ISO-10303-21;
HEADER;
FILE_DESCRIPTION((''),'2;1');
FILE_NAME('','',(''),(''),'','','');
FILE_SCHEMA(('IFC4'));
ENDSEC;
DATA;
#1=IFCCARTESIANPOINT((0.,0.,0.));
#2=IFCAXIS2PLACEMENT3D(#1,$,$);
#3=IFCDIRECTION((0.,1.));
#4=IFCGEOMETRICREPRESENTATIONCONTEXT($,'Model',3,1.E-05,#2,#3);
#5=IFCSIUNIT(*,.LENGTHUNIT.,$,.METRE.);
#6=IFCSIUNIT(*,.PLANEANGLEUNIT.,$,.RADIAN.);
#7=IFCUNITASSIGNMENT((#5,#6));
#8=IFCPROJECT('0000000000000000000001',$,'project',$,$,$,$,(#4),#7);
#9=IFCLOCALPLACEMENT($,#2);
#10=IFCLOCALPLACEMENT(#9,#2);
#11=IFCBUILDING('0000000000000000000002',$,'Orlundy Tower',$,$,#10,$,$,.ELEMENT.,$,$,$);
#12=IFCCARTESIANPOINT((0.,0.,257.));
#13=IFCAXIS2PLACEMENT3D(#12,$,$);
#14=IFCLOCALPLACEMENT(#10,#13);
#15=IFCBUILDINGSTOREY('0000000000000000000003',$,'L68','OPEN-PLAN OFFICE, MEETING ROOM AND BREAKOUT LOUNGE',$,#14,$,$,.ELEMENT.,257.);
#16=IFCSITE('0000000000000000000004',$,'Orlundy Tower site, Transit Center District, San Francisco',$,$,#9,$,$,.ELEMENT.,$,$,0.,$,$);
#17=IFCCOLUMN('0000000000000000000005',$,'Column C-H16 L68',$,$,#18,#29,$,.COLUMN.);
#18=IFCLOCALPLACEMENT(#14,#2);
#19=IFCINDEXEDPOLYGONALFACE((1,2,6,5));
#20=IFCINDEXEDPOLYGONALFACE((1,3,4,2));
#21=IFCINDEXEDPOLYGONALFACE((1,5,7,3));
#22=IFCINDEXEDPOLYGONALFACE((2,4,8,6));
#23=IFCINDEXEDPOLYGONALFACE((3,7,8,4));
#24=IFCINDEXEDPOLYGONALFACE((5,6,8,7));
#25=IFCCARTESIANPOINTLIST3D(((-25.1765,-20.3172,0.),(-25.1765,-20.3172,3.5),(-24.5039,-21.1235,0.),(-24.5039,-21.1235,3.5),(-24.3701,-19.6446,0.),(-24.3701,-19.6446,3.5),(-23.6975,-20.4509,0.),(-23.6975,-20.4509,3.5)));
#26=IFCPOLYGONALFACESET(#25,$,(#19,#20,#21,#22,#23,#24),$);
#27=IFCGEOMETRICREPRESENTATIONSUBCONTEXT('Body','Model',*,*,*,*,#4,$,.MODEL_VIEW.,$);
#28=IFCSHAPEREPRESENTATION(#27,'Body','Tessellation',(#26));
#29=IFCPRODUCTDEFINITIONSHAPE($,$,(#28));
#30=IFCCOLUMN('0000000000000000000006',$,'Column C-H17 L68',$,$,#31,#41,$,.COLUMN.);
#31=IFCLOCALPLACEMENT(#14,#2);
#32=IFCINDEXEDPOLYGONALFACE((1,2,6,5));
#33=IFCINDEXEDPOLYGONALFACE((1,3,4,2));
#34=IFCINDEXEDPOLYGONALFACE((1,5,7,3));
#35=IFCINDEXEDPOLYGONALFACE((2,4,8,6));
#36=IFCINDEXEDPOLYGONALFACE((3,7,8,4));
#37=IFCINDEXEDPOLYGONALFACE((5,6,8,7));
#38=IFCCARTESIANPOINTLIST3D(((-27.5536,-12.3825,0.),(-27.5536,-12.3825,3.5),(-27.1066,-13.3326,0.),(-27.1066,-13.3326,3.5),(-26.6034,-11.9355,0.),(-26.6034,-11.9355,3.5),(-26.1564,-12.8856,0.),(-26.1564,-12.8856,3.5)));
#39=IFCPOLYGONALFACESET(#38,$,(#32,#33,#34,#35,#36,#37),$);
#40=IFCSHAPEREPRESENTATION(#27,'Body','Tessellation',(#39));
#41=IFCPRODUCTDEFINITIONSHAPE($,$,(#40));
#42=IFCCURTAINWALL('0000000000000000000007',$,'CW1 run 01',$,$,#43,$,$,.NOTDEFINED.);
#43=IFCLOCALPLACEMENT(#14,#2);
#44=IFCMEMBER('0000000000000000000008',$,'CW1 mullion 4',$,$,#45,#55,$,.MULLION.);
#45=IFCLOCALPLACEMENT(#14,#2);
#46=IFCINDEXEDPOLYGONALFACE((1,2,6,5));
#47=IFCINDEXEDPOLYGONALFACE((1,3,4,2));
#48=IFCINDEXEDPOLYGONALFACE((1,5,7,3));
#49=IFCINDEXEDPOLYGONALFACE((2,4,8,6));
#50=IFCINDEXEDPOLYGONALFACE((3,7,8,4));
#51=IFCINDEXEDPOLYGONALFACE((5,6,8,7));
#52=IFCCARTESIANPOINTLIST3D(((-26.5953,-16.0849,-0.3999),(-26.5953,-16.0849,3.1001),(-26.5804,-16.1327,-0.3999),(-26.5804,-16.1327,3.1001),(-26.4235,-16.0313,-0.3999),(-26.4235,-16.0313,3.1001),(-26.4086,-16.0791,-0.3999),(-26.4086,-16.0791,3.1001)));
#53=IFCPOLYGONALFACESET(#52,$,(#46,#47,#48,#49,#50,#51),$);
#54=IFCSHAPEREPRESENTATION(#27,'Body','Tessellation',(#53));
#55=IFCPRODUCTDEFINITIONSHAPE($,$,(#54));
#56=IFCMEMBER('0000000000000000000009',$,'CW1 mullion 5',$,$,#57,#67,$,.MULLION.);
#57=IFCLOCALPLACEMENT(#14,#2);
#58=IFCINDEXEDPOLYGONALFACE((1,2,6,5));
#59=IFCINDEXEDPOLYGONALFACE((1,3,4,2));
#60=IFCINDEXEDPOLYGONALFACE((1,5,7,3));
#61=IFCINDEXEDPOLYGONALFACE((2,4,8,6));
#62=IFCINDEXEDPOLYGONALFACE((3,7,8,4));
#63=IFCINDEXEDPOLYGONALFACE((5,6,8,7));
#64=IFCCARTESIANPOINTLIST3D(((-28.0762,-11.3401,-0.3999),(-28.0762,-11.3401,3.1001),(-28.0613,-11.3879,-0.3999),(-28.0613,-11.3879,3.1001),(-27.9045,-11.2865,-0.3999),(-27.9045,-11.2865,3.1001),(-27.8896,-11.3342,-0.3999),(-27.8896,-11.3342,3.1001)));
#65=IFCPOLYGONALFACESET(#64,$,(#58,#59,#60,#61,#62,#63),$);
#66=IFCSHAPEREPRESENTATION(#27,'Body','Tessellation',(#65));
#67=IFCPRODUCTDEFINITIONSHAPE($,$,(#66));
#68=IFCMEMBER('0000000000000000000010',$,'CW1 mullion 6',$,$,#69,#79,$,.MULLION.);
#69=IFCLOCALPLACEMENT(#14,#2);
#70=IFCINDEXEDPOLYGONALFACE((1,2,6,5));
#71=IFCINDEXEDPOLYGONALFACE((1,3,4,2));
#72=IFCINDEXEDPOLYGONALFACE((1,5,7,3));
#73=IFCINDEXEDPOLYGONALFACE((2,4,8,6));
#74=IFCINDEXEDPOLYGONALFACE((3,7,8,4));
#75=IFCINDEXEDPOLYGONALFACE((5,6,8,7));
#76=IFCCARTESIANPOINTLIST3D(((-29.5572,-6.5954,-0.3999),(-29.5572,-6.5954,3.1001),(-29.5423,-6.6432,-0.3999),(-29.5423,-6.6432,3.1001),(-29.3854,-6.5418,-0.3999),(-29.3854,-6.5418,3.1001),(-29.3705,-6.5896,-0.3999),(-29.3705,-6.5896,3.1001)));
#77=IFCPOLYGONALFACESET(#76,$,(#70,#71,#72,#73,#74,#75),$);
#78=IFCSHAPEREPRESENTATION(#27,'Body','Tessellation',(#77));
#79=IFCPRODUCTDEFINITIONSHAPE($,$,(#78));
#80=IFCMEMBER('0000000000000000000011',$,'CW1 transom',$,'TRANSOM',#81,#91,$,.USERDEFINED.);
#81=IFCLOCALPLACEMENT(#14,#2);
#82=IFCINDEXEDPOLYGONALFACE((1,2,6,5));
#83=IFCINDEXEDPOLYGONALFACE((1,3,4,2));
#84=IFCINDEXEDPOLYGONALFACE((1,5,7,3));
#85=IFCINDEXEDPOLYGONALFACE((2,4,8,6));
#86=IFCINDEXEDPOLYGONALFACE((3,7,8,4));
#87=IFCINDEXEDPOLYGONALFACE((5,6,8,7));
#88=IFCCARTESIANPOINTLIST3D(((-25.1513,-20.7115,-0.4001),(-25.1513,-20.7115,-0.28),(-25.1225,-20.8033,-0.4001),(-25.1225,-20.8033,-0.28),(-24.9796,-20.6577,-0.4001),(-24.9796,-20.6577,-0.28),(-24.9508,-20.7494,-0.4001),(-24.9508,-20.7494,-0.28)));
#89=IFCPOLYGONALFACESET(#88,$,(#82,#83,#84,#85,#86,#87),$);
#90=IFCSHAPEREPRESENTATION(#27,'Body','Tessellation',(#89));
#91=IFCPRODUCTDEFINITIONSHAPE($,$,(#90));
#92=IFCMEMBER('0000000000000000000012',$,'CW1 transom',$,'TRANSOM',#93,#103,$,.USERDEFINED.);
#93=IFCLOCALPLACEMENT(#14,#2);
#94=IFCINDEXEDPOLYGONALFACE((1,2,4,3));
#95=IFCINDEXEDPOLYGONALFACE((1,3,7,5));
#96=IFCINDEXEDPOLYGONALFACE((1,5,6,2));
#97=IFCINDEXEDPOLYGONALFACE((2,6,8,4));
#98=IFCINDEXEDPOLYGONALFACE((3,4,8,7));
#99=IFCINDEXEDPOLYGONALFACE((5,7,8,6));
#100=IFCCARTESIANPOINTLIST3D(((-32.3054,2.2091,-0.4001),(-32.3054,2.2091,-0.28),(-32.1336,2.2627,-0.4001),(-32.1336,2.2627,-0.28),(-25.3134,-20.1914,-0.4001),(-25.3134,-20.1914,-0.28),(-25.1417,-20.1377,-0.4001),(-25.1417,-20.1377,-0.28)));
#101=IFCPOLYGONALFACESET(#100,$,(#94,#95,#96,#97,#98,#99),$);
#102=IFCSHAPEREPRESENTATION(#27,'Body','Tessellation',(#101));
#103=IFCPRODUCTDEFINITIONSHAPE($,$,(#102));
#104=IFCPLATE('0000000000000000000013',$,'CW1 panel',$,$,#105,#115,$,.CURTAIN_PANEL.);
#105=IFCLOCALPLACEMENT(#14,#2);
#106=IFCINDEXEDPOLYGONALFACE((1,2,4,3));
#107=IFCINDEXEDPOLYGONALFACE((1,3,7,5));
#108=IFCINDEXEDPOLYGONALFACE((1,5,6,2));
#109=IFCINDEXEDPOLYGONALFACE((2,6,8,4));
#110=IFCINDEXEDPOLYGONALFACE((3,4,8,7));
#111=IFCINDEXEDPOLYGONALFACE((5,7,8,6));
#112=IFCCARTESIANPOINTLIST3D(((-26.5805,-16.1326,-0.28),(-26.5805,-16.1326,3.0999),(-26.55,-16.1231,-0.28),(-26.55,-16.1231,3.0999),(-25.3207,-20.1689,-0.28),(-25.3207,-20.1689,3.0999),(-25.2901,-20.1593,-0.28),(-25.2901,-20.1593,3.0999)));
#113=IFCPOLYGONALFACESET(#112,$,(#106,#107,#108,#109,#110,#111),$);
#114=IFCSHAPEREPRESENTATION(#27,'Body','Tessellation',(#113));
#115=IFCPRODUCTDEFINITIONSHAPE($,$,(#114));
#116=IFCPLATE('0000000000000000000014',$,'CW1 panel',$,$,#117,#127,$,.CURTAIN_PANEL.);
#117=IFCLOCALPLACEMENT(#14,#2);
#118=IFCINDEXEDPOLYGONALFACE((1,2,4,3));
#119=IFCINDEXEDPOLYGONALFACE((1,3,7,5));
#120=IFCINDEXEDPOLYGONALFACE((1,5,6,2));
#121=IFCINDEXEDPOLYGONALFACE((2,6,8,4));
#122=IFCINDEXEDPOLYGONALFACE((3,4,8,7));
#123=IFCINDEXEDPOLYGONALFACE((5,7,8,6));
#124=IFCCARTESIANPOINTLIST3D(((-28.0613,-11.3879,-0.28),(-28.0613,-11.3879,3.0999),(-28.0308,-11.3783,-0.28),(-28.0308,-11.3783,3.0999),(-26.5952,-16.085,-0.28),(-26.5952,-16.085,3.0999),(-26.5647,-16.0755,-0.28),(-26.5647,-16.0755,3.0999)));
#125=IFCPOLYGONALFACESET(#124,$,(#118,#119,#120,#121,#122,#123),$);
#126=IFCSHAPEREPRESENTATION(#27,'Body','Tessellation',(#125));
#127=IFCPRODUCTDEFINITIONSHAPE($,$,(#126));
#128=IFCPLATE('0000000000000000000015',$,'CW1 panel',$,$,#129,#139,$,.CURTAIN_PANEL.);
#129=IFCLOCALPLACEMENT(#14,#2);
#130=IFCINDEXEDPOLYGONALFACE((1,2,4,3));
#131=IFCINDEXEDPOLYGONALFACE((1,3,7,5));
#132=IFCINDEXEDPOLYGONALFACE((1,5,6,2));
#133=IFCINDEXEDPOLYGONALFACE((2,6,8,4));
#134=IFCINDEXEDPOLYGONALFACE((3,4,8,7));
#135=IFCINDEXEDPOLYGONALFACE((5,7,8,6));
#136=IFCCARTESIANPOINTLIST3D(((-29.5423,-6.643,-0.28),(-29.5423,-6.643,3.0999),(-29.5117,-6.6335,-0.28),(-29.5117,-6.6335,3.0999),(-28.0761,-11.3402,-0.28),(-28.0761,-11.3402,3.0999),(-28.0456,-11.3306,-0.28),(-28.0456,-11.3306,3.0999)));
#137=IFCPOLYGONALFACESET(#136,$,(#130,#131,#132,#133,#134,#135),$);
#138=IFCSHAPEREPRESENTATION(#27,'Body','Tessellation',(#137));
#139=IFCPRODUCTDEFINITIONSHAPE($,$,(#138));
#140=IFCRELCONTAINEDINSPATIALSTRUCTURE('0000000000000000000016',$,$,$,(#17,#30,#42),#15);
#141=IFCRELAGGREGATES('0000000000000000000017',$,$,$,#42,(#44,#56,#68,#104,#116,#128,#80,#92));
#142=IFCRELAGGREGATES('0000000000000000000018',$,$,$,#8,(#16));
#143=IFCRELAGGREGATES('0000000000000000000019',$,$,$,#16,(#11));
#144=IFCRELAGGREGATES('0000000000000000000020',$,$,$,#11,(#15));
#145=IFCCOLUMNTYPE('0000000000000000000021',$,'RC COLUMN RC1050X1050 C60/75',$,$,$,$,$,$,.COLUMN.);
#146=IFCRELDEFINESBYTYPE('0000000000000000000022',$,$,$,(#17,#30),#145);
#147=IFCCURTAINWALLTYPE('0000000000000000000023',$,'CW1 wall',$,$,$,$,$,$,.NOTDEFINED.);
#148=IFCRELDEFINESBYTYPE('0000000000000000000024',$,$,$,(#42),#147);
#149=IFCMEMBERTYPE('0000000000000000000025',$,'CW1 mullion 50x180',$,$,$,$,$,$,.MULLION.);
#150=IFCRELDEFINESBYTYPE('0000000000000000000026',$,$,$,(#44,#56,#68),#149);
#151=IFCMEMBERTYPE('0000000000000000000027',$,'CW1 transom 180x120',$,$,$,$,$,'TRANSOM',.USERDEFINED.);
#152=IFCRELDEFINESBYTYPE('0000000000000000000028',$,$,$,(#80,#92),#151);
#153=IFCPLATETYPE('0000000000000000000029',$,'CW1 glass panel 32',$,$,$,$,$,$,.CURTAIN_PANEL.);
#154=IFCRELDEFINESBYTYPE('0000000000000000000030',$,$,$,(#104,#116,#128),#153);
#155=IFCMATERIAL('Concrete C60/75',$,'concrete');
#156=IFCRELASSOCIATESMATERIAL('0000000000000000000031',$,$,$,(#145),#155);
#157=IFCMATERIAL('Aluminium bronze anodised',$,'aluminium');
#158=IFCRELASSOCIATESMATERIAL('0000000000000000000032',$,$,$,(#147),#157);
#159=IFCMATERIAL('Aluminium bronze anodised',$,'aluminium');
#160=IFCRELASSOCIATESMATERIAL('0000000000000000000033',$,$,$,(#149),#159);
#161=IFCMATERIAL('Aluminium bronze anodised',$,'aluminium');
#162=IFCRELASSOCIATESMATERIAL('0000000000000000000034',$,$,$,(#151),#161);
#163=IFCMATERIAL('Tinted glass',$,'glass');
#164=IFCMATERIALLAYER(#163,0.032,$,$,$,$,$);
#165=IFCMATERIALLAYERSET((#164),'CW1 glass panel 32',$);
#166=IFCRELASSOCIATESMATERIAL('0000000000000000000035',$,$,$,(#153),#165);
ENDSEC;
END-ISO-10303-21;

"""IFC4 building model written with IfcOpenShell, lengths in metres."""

from ifc_helpers import new_model, si_unit, direction, frame, origin, origin_2d, place, context, subcontext, project, spatial, rectangle, extrude, material, layer, layer_set, material_profile, profile_set, type_object, element, aggregate, save


model = new_model("IFC4")

# Units and contexts
model_context = context("Model", 3, precision=1e-05, world=origin(), true_north=direction((0.0, 1.0)))
body_context = subcontext(model_context, "Body", "Model", "MODEL_VIEW")
ifc_project = project(units=[si_unit("LENGTHUNIT", "METRE"), si_unit("PLANEANGLEUNIT", "RADIAN")], contexts=[model_context])

# Site, building, storey
site_placement = place(None, origin())
site = spatial("IfcSite", under=ifc_project, at=site_placement, Name="Orlundy Tower site, Transit Center District, San Francisco", CompositionType="ELEMENT", RefElevation=0.0)
building_placement = place(site_placement, origin())
building = spatial("IfcBuilding", under=site, at=building_placement, Name="Orlundy Tower", CompositionType="ELEMENT")
storey_placement = place(building_placement, frame((0.0, 0.0, 257.0)))
storey = spatial("IfcBuildingStorey", under=building, at=storey_placement, Name="L68", Description="OPEN-PLAN OFFICE, MEETING ROOM AND BREAKOUT LOUNGE", CompositionType="ELEMENT", Elevation=257.0)

# Columns
ifc_material_1 = material(Name="Concrete C60/75", Category="concrete")
ifc_material_profile_1 = material_profile(ifc_material_1, rectangle(XDim=1.05, YDim=1.05, at=origin_2d()), Name="RC1050X1050")
ifc_profile_set_1 = profile_set([ifc_material_profile_1], Name="Concrete C60/75")
column_type = type_object("IfcColumnType", Name="RC COLUMN RC1050X1050 C60/75", PredefinedType="COLUMN", material=ifc_profile_set_1)
for number, where, z_axis, x_axis, name in (
    (1, (-24.437, -20.384, 0.0), (0.0, 0.0, 1.0), (-0.767915, -0.640552, 0.0), "Column C-H16 L68"),
    (2, (-26.855, -12.634, 0.0), (0.0, 0.0, 1.0), (-0.904864, -0.4257, 0.0), "Column C-H17 L68"),
):
    element("IfcColumn", number, at=place(storey_placement, frame(where, z_axis=z_axis, x_axis=x_axis)), inside=storey, type_object=column_type, Name=name, PredefinedType="COLUMN", context=body_context, shape_type="SweptSolid", body=[
        extrude(rectangle(XDim=1.05, YDim=1.05, at=origin_2d()), origin(), (0.0, 0.0, 1.0), 3.5),
    ])

# Curtain wall, members, plates
ifc_material_2 = material(Name="Aluminium bronze anodised", Category="aluminium")
curtain_wall_type = type_object("IfcCurtainWallType", Name="CW1 wall", PredefinedType="NOTDEFINED", material=ifc_material_2)
curtain_wall_placement = place(storey_placement, origin())
curtain_wall = element("IfcCurtainWall", 3, at=curtain_wall_placement, inside=storey, type_object=curtain_wall_type, Name="CW1 run 01", PredefinedType="NOTDEFINED")
ifc_material_3 = material(Name="Aluminium bronze anodised", Category="aluminium")
ifc_material_profile_2 = material_profile(ifc_material_3, rectangle(XDim=0.1799, YDim=0.05, at=origin_2d()), Name="CW1 mullion 50x180")
ifc_profile_set_2 = profile_set([ifc_material_profile_2], Name="Aluminium bronze anodised")
member_type_1 = type_object("IfcMemberType", Name="CW1 mullion 50x180", PredefinedType="MULLION", material=ifc_profile_set_2)
member_1_placement = place(storey_placement, frame((-26.502, -16.082, -0.3999), z_axis=(0.0, 0.0, 1.0), x_axis=(-0.95458, -0.297954, 0.0)))
member_1 = element("IfcMember", 4, at=member_1_placement, type_object=member_type_1, Name="CW1 mullion 4", PredefinedType="MULLION", context=body_context, shape_type="SweptSolid", body=[
    extrude(rectangle(XDim=0.1799, YDim=0.05, at=origin_2d()), origin(), (0.0, 0.0, 1.0), 3.5),
])
member_2_placement = place(storey_placement, frame((-27.9829, -11.3372, -0.3999), z_axis=(0.0, 0.0, 1.0), x_axis=(-0.95458, -0.297954, 0.0)))
member_2 = element("IfcMember", 5, at=member_2_placement, type_object=member_type_1, Name="CW1 mullion 5", PredefinedType="MULLION", context=body_context, shape_type="SweptSolid", body=[
    extrude(rectangle(XDim=0.1799, YDim=0.05, at=origin_2d()), origin(), (0.0, 0.0, 1.0), 3.5),
])
member_3_placement = place(storey_placement, frame((-29.4639, -6.5925, -0.3999), z_axis=(0.0, 0.0, 1.0), x_axis=(-0.95458, -0.297954, 0.0)))
member_3 = element("IfcMember", 6, at=member_3_placement, type_object=member_type_1, Name="CW1 mullion 6", PredefinedType="MULLION", context=body_context, shape_type="SweptSolid", body=[
    extrude(rectangle(XDim=0.1799, YDim=0.05, at=origin_2d()), origin(), (0.0, 0.0, 1.0), 3.5),
])
ifc_material_4 = material(Name="Aluminium bronze anodised", Category="aluminium")
ifc_material_profile_3 = material_profile(ifc_material_4, rectangle(XDim=0.1799, YDim=0.1201, at=origin_2d()), Name="CW1 transom 180x120")
ifc_profile_set_3 = profile_set([ifc_material_profile_3], Name="Aluminium bronze anodised")
member_type_2 = type_object("IfcMemberType", Name="CW1 transom 180x120", ElementType="TRANSOM", PredefinedType="USERDEFINED", material=ifc_profile_set_3)
member_4_placement = place(storey_placement, frame((-25.0366, -20.7764, -0.3401), z_axis=(-0.299431, 0.954118, 0.0), x_axis=(-0.954118, -0.299431, 0.0)))
member_4 = element("IfcMember", 7, at=member_4_placement, type_object=member_type_2, Name="CW1 transom", ObjectType="TRANSOM", PredefinedType="USERDEFINED", context=body_context, shape_type="SweptSolid", body=[
    extrude(rectangle(XDim=0.1799, YDim=0.1201, at=origin_2d()), origin(), (0.0, 0.0, 1.0), 0.0962),
])
member_5_placement = place(storey_placement, frame((-25.2275, -20.1646, -0.3401), z_axis=(-0.297957, 0.954579, 0.0), x_axis=(-0.954579, -0.297957, 0.0)))
member_5 = element("IfcMember", 8, at=member_5_placement, type_object=member_type_2, Name="CW1 transom", ObjectType="TRANSOM", PredefinedType="USERDEFINED", context=body_context, shape_type="SweptSolid", body=[
    extrude(rectangle(XDim=0.1799, YDim=0.1201, at=origin_2d()), origin(), (0.0, 0.0, 1.0), 23.4663),
])
ifc_material_5 = material(Name="Tinted glass", Category="glass")
ifc_layer_1 = layer(ifc_material_5, 0.032)
ifc_layer_set_1 = layer_set([ifc_layer_1], Name="CW1 glass panel 32")
plate_type = type_object("IfcPlateType", Name="CW1 glass panel 32", PredefinedType="CURTAIN_PANEL", material=ifc_layer_set_1)
plate_1_placement = place(storey_placement, frame((-25.9353, -18.146, -0.28), z_axis=(0.0, 0.0, 1.0), x_axis=(-0.297954, 0.95458, 0.0)))
plate_1 = element("IfcPlate", 9, at=plate_1_placement, type_object=plate_type, Name="CW1 panel", PredefinedType="CURTAIN_PANEL", context=body_context, shape_type="SweptSolid", body=[
    extrude(rectangle(XDim=4.2283, YDim=0.032, at=origin_2d()), origin(), (0.0, 0.0, 1.0), 3.3799),
])
plate_2_placement = place(storey_placement, frame((-27.313, -13.7317, -0.28), z_axis=(0.0, 0.0, 1.0), x_axis=(-0.297954, 0.95458, 0.0)))
plate_2 = element("IfcPlate", 10, at=plate_2_placement, type_object=plate_type, Name="CW1 panel", PredefinedType="CURTAIN_PANEL", context=body_context, shape_type="SweptSolid", body=[
    extrude(rectangle(XDim=4.9207, YDim=0.032, at=origin_2d()), origin(), (0.0, 0.0, 1.0), 3.3799),
])
plate_3_placement = place(storey_placement, frame((-28.7939, -8.9868, -0.28), z_axis=(0.0, 0.0, 1.0), x_axis=(-0.297954, 0.95458, 0.0)))
plate_3 = element("IfcPlate", 11, at=plate_3_placement, type_object=plate_type, Name="CW1 panel", PredefinedType="CURTAIN_PANEL", context=body_context, shape_type="SweptSolid", body=[
    extrude(rectangle(XDim=4.9207, YDim=0.032, at=origin_2d()), origin(), (0.0, 0.0, 1.0), 3.3799),
])
aggregate(curtain_wall, [member_1, member_2, member_3, plate_1, plate_2, plate_3, member_4, member_5])

save(model, "model.ifc")
